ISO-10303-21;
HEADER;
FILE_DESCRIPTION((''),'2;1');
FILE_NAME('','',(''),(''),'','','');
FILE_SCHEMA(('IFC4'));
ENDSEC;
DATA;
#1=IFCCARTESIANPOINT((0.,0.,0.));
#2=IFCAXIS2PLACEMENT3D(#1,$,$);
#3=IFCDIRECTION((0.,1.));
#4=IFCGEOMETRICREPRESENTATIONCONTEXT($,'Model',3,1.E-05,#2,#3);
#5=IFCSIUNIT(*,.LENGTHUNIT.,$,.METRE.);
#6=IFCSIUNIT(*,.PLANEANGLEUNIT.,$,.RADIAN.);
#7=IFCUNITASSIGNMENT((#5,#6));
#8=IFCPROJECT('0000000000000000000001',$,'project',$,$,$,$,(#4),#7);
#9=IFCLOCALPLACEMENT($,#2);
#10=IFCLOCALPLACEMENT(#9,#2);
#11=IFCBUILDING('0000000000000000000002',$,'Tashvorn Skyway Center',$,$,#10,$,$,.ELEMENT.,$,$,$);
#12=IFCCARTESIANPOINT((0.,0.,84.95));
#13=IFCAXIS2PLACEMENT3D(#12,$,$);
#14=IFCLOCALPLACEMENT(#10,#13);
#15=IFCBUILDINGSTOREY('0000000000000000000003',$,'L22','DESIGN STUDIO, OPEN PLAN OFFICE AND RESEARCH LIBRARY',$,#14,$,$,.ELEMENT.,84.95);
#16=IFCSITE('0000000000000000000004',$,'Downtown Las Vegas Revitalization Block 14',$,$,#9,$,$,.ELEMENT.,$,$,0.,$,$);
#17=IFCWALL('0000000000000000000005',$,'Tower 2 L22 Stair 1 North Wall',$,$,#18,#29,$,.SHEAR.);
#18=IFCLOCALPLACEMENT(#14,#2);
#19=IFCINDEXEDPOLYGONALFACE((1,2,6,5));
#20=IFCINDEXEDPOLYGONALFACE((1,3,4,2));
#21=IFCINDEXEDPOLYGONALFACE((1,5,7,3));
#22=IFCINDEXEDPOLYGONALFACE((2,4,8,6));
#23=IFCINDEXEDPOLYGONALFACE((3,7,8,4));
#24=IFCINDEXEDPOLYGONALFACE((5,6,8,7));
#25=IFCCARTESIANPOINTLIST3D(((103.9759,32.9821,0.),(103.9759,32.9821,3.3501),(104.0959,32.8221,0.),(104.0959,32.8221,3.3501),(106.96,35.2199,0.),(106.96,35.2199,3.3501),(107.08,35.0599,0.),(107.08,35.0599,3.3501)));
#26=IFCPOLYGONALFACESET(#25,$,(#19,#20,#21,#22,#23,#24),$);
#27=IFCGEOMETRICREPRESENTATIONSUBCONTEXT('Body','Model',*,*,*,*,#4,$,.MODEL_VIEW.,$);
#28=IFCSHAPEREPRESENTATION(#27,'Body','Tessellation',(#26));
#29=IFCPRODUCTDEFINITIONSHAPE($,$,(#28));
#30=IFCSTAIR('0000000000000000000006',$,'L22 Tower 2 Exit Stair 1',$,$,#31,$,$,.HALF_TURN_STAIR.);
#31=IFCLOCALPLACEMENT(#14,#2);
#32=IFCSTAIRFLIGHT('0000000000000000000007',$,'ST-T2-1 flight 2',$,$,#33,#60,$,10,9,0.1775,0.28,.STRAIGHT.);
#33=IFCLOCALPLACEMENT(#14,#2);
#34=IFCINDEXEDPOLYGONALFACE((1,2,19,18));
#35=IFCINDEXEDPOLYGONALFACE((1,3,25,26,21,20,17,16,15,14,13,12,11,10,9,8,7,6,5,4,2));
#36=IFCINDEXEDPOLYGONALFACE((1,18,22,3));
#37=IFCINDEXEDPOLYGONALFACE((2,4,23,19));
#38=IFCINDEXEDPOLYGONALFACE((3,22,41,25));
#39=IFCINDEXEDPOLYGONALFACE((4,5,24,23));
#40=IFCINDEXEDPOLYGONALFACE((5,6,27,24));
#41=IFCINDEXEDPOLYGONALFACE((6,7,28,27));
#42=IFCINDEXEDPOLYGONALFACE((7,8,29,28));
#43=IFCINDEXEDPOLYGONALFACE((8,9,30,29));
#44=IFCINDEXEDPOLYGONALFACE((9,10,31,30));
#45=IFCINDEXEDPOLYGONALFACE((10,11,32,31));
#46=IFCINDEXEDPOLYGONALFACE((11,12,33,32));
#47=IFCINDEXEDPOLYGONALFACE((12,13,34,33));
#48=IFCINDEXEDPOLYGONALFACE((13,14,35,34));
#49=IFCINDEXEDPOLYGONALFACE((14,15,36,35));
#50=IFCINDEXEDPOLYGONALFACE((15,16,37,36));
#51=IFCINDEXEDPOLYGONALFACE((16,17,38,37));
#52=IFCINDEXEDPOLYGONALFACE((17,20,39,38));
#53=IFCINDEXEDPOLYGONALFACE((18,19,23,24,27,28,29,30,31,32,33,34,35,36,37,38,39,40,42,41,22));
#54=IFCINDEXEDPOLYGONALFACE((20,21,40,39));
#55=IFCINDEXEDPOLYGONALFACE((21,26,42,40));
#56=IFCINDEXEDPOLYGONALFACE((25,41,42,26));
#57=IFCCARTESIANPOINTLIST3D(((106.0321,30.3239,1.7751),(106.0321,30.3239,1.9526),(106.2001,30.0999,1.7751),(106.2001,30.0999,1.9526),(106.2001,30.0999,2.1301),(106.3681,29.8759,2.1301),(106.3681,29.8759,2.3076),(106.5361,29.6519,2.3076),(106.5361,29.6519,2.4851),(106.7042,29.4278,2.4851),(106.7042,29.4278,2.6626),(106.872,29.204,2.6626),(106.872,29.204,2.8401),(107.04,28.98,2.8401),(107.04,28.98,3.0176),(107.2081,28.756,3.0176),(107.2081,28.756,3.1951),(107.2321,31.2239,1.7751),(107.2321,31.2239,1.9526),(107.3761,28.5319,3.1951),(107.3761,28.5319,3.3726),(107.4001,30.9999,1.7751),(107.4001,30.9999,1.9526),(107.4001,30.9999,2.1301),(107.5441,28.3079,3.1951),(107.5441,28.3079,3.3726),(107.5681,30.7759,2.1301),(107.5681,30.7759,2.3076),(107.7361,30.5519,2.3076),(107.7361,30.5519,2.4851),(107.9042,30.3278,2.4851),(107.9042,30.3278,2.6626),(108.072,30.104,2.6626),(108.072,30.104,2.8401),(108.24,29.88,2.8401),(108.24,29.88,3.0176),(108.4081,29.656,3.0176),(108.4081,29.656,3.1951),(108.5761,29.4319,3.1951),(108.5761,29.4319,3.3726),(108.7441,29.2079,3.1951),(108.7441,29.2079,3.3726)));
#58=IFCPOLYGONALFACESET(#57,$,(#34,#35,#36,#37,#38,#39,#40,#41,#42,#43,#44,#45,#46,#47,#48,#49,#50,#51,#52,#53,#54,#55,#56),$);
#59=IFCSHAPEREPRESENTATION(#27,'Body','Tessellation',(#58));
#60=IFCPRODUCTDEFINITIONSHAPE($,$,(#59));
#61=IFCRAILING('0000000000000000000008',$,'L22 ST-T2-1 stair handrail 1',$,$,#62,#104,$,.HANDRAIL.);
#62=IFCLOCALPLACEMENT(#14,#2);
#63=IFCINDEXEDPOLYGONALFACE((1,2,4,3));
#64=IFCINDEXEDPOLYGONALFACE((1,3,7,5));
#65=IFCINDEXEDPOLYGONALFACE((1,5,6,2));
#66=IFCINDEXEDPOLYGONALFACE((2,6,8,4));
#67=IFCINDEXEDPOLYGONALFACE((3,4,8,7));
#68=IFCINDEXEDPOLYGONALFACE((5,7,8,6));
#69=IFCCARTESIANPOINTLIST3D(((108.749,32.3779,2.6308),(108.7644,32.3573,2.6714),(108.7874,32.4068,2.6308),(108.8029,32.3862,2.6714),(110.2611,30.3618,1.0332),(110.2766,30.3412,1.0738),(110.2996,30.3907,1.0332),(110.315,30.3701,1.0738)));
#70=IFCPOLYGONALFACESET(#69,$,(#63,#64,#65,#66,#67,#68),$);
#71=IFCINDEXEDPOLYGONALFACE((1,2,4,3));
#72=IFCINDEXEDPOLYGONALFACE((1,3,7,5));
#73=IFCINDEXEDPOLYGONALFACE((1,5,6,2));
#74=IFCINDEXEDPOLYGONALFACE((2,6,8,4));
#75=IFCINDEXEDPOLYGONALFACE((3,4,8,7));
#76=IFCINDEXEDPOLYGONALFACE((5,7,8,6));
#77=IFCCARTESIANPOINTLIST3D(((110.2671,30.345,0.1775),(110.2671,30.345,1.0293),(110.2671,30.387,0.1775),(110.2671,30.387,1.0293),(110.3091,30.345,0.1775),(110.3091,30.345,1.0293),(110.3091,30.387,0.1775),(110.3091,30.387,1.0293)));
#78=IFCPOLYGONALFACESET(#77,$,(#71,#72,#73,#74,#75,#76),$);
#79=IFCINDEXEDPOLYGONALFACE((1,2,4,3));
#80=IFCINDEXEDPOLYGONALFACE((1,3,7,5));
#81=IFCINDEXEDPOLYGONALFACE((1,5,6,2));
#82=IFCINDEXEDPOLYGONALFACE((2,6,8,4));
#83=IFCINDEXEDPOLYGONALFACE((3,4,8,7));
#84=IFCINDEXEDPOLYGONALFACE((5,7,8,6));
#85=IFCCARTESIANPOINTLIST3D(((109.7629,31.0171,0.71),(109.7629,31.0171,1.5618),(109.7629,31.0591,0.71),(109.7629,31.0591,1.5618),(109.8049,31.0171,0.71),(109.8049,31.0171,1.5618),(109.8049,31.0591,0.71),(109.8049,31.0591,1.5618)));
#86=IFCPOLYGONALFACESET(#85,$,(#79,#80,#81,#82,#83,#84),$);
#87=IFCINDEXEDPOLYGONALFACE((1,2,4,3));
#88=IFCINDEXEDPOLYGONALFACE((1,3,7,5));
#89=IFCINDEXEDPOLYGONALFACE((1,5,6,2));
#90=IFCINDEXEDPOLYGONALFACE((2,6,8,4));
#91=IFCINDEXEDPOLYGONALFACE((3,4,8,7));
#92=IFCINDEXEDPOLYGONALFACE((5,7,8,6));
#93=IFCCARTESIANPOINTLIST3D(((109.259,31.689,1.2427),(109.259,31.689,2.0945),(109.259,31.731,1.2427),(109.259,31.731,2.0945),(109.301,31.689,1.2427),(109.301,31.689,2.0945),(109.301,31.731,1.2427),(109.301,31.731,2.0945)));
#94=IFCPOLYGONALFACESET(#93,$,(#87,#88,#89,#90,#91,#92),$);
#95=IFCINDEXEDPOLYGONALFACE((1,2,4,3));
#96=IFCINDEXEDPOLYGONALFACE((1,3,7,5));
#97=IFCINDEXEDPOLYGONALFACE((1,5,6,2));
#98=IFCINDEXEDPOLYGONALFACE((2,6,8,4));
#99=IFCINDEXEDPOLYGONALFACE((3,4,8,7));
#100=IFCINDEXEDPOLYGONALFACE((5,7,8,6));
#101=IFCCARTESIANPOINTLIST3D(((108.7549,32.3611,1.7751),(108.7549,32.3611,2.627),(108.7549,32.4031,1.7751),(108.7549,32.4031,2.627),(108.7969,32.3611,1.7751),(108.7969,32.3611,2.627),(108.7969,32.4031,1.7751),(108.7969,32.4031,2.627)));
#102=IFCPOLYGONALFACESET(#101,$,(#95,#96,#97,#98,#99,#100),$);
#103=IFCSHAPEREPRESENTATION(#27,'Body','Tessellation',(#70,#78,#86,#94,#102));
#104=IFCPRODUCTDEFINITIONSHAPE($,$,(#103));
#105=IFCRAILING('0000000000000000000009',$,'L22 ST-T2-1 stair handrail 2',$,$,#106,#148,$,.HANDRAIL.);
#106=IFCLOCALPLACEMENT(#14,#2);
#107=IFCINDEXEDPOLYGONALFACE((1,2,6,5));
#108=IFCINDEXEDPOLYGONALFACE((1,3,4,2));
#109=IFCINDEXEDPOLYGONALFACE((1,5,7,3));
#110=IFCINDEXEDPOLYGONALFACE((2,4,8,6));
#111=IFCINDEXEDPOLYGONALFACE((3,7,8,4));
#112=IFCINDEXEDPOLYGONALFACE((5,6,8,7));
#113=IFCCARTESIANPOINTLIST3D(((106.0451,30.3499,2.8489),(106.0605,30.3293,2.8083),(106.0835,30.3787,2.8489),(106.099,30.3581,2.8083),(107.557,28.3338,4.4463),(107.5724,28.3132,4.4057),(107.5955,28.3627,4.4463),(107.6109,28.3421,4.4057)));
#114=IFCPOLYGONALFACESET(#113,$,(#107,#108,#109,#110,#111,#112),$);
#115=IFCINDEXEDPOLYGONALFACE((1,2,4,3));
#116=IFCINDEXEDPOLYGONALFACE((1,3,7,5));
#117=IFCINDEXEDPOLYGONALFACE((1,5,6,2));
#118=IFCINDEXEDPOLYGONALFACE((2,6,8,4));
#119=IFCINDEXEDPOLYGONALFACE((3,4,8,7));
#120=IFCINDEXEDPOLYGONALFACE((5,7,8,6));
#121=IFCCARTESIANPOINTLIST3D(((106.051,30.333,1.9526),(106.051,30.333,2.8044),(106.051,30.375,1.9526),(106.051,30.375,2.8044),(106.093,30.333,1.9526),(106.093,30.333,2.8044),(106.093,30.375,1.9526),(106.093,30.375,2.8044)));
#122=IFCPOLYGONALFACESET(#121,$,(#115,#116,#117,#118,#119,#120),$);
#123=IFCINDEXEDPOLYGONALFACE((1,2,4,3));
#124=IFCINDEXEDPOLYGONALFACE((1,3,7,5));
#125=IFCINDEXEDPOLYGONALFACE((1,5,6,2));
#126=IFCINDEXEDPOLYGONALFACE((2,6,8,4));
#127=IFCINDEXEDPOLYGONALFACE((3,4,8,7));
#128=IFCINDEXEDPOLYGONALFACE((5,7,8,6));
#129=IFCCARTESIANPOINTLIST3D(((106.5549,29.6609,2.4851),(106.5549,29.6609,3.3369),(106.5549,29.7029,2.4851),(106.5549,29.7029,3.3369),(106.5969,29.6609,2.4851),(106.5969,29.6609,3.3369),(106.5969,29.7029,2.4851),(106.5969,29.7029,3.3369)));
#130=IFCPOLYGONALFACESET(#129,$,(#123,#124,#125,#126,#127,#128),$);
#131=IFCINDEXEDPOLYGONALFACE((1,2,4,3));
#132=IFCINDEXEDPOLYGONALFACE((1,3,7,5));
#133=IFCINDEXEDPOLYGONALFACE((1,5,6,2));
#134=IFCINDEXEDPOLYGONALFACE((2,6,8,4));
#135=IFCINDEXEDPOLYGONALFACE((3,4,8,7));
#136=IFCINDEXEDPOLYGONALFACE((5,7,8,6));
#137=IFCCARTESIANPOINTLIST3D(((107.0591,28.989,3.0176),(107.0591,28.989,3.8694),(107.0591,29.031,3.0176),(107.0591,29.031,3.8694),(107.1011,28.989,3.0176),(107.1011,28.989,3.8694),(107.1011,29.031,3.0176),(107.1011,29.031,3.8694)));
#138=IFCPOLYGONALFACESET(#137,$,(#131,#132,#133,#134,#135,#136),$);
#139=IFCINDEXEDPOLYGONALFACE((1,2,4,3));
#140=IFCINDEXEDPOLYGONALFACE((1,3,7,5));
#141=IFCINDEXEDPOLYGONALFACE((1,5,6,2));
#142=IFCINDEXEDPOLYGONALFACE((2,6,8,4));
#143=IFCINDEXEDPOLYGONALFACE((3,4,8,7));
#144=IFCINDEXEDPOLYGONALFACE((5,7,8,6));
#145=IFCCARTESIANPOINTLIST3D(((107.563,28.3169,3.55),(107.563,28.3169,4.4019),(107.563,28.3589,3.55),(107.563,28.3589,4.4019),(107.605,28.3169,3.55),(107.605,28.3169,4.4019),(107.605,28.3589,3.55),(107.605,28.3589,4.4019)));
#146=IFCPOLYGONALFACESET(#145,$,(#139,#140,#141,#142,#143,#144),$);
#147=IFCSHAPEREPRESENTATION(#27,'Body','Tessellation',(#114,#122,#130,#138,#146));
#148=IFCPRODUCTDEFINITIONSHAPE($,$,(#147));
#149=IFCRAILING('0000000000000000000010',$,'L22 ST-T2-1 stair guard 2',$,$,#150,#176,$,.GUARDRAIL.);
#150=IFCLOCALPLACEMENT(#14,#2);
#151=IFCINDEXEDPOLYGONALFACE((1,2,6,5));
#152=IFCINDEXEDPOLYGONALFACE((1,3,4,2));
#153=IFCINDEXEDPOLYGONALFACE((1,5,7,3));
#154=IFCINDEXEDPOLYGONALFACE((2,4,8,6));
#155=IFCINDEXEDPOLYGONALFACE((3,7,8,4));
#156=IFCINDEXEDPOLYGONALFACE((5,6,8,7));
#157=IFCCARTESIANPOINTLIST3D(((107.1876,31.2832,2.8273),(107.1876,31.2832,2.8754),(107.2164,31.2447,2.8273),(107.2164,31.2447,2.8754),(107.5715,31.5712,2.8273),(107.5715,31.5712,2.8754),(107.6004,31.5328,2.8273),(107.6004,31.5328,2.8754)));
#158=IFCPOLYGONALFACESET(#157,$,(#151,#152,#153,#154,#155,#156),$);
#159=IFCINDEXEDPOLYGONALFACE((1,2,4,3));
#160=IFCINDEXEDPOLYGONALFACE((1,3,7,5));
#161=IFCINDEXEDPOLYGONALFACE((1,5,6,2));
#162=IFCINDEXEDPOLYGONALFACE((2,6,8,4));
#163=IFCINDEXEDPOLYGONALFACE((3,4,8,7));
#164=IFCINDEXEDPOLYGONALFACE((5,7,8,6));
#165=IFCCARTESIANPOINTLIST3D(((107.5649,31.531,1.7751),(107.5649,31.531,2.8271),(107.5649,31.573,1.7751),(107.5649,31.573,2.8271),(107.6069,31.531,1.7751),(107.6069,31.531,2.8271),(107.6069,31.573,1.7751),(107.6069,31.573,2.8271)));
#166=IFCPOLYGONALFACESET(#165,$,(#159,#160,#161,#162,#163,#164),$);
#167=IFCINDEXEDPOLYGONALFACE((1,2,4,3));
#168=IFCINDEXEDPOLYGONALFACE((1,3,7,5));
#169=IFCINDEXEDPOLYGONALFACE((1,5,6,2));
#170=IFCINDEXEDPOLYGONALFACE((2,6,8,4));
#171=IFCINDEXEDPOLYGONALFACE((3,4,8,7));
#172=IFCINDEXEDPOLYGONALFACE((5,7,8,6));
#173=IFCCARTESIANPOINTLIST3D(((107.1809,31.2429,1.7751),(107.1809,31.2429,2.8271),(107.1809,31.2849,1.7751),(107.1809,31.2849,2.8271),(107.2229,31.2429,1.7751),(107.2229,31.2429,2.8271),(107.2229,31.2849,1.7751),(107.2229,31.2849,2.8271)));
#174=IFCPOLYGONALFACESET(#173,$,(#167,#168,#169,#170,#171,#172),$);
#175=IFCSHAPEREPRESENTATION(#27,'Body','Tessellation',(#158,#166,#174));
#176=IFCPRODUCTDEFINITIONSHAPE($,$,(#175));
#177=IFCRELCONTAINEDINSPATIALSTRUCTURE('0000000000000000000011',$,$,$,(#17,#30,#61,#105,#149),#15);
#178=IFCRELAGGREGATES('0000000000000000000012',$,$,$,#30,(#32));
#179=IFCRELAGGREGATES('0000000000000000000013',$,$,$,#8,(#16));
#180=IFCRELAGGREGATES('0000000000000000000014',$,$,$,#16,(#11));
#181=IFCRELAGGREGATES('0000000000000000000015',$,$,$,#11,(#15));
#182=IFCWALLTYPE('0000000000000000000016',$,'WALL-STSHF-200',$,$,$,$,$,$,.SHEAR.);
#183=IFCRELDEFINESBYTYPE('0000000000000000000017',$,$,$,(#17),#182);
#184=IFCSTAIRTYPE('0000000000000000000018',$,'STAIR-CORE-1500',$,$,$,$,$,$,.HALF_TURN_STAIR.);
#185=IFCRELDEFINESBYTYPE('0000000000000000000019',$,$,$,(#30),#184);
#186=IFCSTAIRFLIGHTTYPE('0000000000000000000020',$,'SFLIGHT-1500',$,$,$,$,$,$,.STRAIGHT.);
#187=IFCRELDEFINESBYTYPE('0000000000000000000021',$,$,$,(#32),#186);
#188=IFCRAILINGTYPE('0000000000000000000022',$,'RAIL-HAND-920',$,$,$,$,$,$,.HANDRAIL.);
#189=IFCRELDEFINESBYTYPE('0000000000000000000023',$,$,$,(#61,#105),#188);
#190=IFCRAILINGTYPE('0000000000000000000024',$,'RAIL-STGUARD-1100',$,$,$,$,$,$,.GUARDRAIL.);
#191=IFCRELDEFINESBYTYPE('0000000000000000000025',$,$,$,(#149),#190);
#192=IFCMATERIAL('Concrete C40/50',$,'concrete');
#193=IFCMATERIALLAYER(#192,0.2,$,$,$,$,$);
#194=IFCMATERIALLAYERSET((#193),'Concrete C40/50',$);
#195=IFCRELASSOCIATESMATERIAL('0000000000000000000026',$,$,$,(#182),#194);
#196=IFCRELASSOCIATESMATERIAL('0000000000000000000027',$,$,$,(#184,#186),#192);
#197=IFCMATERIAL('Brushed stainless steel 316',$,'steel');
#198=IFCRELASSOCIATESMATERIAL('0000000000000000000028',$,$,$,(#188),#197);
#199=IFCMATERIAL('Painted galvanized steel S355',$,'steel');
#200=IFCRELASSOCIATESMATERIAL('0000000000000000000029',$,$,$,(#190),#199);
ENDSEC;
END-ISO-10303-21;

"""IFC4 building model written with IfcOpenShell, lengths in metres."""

from ifc_helpers import new_model, si_unit, direction, frame, frame_2d, origin, origin_2d, place, context, subcontext, project, spatial, polyline, rectangle, outline, extrude, material, layer, layer_set, type_object, element, aggregate, save


model = new_model("IFC4")

# Units and contexts
model_context = context("Model", 3, precision=1e-05, world=origin(), true_north=direction((0.0, 1.0)))
body_context = subcontext(model_context, "Body", "Model", "MODEL_VIEW")
ifc_project = project(units=[si_unit("LENGTHUNIT", "METRE"), si_unit("PLANEANGLEUNIT", "RADIAN")], contexts=[model_context])

# Site, building, storey
site_placement = place(None, origin())
site = spatial("IfcSite", under=ifc_project, at=site_placement, Name="Downtown Las Vegas Revitalization Block 14", CompositionType="ELEMENT", RefElevation=0.0)
building_placement = place(site_placement, origin())
building = spatial("IfcBuilding", under=site, at=building_placement, Name="Tashvorn Skyway Center", CompositionType="ELEMENT")
storey_placement = place(building_placement, frame((0.0, 0.0, 84.95)))
storey = spatial("IfcBuildingStorey", under=building, at=storey_placement, Name="L22", Description="DESIGN STUDIO, OPEN PLAN OFFICE AND RESEARCH LIBRARY", CompositionType="ELEMENT", Elevation=84.95)

# Shared definitions
ifc_material_1 = material(Name="Concrete C40/50", Category="concrete")

# Wall
ifc_layer_1 = layer(ifc_material_1, 0.2)
ifc_layer_set_1 = layer_set([ifc_layer_1], Name="Concrete C40/50")
wall_type_1 = type_object("IfcWallType", Name="WALL-STSHF-200", PredefinedType="SHEAR", material=ifc_layer_set_1)
wall_1_placement = place(storey_placement, frame((104.0359, 32.9021, 0.0), z_axis=(0.0, 0.0, 1.0), x_axis=(0.800039, 0.599948, 0.0)))
element("IfcWall", 1, at=wall_1_placement, inside=storey, type_object=wall_type_1, Name="Tower 2 L22 Stair 1 North Wall", PredefinedType="SHEAR", context=body_context, shape_type="SweptSolid", body=[
    extrude(rectangle(XDim=3.73, YDim=0.2, at=frame_2d((1.865, 0.0))), origin(), (0.0, 0.0, 1.0), 3.3501),
])

# Stair, stair flight
stair_type = type_object("IfcStairType", Name="STAIR-CORE-1500", PredefinedType="HALF_TURN_STAIR", material=ifc_material_1)
stair_placement = place(storey_placement, origin())
stair = element("IfcStair", 2, at=stair_placement, inside=storey, type_object=stair_type, Name="L22 Tower 2 Exit Stair 1", PredefinedType="HALF_TURN_STAIR")
stair_flight_type = type_object("IfcStairFlightType", Name="SFLIGHT-1500", PredefinedType="STRAIGHT", material=ifc_material_1)
stair_flight_placement = place(storey_placement, frame((106.6321, 30.7739, 1.7751), z_axis=(0.0, 0.0, 1.0), x_axis=(0.6, -0.8, 0.0)))
stair_flight = element("IfcStairFlight", 3, at=stair_flight_placement, type_object=stair_flight_type, Name="ST-T2-1 flight 2", NumberOfRisers=10, NumberOfTreads=9, PredefinedType="STRAIGHT", RiserHeight=0.1775, TreadLength=0.28, context=body_context, shape_type="SweptSolid", body=[
    extrude(outline(polyline([(0.0, 0.0), (0.0, 0.1775), (0.28, 0.1775), (0.28, 0.355), (0.5601, 0.355), (0.5601, 0.5325), (0.8401, 0.5325), (0.8401, 0.71), (1.1201, 0.71), (1.1201, 0.8875), (1.3999, 0.8875), (1.3999, 1.0649), (1.6799, 1.0649), (1.6799, 1.2424), (1.96, 1.2424), (1.96, 1.4199), (2.24, 1.4199), (2.24, 1.5974), (2.52, 1.5974), (2.52, 1.7749), (2.52, 1.4199), (0.28, 0.0), (0.0, 0.0)])), frame((0.0, 0.75, 0.0), z_axis=(0.0, -1.0, 0.0), x_axis=(1.0, 0.0, 0.0)), (0.0, 0.0, 1.0), 1.5),
])
aggregate(stair, [stair_flight])

# Railings
ifc_material_2 = material(Name="Brushed stainless steel 316", Category="steel")
railing_type_1 = type_object("IfcRailingType", Name="RAIL-HAND-920", PredefinedType="HANDRAIL", material=ifc_material_2)
railing_1_placement = place(storey_placement, frame((110.2881, 30.366, 0.1775)))
element("IfcRailing", 4, at=railing_1_placement, inside=storey, type_object=railing_type_1, Name="L22 ST-T2-1 stair handrail 1", PredefinedType="HANDRAIL", context=body_context, shape_type="SweptSolid", body=[
    extrude(rectangle(XDim=0.0481, YDim=0.0481, at=origin_2d()), frame((0.0, 0.0, 0.876), z_axis=(-0.506779, 0.675651, 0.535416), x_axis=(-0.799977, -0.600031, 0.0)), (0.0, 0.0, 1.0), 2.9839),
    extrude(rectangle(XDim=0.042, YDim=0.042, at=origin_2d()), origin(), (0.0, 0.0, 1.0), 0.8518),
    extrude(rectangle(XDim=0.042, YDim=0.042, at=origin_2d()), frame((-0.5042, 0.6721, 0.5325)), (0.0, 0.0, 1.0), 0.8518),
    extrude(rectangle(XDim=0.042, YDim=0.042, at=origin_2d()), frame((-1.0081, 1.344, 1.0652)), (0.0, 0.0, 1.0), 0.8518),
    extrude(rectangle(XDim=0.042, YDim=0.042, at=origin_2d()), frame((-1.5122, 2.0161, 1.5977)), (0.0, 0.0, 1.0), 0.8518),
])
railing_2_placement = place(storey_placement, frame((106.072, 30.354, 1.9526)))
element("IfcRailing", 5, at=railing_2_placement, inside=storey, type_object=railing_type_1, Name="L22 ST-T2-1 stair handrail 2", PredefinedType="HANDRAIL", context=body_context, shape_type="SweptSolid", body=[
    extrude(rectangle(XDim=0.0481, YDim=0.0481, at=origin_2d()), frame((0.0, 0.0, 0.876), z_axis=(0.506741, -0.675709, 0.535379), x_axis=(0.800023, 0.599969, 0.0)), (0.0, 0.0, 1.0), 2.9836),
    extrude(rectangle(XDim=0.042, YDim=0.042, at=origin_2d()), origin(), (0.0, 0.0, 1.0), 0.8518),
    extrude(rectangle(XDim=0.042, YDim=0.042, at=origin_2d()), frame((0.5039, -0.6721, 0.5325)), (0.0, 0.0, 1.0), 0.8518),
    extrude(rectangle(XDim=0.042, YDim=0.042, at=origin_2d()), frame((1.0081, -1.344, 1.0649)), (0.0, 0.0, 1.0), 0.8518),
    extrude(rectangle(XDim=0.042, YDim=0.042, at=origin_2d()), frame((1.512, -2.0161, 1.5974)), (0.0, 0.0, 1.0), 0.8518),
])
ifc_material_3 = material(Name="Painted galvanized steel S355", Category="steel")
railing_type_2 = type_object("IfcRailingType", Name="RAIL-STGUARD-1100", PredefinedType="GUARDRAIL", material=ifc_material_3)
railing_3_placement = place(storey_placement, frame((107.5859, 31.552, 1.7751)))
element("IfcRailing", 6, at=railing_3_placement, inside=storey, type_object=railing_type_2, Name="L22 ST-T2-1 stair guard 2", PredefinedType="GUARDRAIL", context=body_context, shape_type="SweptSolid", body=[
    extrude(rectangle(XDim=0.0481, YDim=0.0481, at=origin_2d()), frame((0.0, 0.0, 1.0762), z_axis=(-0.799939, -0.600081, 0.0), x_axis=(0.600081, -0.799939, 0.0)), (0.0, 0.0, 1.0), 0.48),
    extrude(rectangle(XDim=0.042, YDim=0.042, at=origin_2d()), origin(), (0.0, 0.0, 1.0), 1.052),
    extrude(rectangle(XDim=0.042, YDim=0.042, at=origin_2d()), frame((-0.384, -0.2881, 0.0)), (0.0, 0.0, 1.0), 1.052),
])

save(model, "model.ifc")
